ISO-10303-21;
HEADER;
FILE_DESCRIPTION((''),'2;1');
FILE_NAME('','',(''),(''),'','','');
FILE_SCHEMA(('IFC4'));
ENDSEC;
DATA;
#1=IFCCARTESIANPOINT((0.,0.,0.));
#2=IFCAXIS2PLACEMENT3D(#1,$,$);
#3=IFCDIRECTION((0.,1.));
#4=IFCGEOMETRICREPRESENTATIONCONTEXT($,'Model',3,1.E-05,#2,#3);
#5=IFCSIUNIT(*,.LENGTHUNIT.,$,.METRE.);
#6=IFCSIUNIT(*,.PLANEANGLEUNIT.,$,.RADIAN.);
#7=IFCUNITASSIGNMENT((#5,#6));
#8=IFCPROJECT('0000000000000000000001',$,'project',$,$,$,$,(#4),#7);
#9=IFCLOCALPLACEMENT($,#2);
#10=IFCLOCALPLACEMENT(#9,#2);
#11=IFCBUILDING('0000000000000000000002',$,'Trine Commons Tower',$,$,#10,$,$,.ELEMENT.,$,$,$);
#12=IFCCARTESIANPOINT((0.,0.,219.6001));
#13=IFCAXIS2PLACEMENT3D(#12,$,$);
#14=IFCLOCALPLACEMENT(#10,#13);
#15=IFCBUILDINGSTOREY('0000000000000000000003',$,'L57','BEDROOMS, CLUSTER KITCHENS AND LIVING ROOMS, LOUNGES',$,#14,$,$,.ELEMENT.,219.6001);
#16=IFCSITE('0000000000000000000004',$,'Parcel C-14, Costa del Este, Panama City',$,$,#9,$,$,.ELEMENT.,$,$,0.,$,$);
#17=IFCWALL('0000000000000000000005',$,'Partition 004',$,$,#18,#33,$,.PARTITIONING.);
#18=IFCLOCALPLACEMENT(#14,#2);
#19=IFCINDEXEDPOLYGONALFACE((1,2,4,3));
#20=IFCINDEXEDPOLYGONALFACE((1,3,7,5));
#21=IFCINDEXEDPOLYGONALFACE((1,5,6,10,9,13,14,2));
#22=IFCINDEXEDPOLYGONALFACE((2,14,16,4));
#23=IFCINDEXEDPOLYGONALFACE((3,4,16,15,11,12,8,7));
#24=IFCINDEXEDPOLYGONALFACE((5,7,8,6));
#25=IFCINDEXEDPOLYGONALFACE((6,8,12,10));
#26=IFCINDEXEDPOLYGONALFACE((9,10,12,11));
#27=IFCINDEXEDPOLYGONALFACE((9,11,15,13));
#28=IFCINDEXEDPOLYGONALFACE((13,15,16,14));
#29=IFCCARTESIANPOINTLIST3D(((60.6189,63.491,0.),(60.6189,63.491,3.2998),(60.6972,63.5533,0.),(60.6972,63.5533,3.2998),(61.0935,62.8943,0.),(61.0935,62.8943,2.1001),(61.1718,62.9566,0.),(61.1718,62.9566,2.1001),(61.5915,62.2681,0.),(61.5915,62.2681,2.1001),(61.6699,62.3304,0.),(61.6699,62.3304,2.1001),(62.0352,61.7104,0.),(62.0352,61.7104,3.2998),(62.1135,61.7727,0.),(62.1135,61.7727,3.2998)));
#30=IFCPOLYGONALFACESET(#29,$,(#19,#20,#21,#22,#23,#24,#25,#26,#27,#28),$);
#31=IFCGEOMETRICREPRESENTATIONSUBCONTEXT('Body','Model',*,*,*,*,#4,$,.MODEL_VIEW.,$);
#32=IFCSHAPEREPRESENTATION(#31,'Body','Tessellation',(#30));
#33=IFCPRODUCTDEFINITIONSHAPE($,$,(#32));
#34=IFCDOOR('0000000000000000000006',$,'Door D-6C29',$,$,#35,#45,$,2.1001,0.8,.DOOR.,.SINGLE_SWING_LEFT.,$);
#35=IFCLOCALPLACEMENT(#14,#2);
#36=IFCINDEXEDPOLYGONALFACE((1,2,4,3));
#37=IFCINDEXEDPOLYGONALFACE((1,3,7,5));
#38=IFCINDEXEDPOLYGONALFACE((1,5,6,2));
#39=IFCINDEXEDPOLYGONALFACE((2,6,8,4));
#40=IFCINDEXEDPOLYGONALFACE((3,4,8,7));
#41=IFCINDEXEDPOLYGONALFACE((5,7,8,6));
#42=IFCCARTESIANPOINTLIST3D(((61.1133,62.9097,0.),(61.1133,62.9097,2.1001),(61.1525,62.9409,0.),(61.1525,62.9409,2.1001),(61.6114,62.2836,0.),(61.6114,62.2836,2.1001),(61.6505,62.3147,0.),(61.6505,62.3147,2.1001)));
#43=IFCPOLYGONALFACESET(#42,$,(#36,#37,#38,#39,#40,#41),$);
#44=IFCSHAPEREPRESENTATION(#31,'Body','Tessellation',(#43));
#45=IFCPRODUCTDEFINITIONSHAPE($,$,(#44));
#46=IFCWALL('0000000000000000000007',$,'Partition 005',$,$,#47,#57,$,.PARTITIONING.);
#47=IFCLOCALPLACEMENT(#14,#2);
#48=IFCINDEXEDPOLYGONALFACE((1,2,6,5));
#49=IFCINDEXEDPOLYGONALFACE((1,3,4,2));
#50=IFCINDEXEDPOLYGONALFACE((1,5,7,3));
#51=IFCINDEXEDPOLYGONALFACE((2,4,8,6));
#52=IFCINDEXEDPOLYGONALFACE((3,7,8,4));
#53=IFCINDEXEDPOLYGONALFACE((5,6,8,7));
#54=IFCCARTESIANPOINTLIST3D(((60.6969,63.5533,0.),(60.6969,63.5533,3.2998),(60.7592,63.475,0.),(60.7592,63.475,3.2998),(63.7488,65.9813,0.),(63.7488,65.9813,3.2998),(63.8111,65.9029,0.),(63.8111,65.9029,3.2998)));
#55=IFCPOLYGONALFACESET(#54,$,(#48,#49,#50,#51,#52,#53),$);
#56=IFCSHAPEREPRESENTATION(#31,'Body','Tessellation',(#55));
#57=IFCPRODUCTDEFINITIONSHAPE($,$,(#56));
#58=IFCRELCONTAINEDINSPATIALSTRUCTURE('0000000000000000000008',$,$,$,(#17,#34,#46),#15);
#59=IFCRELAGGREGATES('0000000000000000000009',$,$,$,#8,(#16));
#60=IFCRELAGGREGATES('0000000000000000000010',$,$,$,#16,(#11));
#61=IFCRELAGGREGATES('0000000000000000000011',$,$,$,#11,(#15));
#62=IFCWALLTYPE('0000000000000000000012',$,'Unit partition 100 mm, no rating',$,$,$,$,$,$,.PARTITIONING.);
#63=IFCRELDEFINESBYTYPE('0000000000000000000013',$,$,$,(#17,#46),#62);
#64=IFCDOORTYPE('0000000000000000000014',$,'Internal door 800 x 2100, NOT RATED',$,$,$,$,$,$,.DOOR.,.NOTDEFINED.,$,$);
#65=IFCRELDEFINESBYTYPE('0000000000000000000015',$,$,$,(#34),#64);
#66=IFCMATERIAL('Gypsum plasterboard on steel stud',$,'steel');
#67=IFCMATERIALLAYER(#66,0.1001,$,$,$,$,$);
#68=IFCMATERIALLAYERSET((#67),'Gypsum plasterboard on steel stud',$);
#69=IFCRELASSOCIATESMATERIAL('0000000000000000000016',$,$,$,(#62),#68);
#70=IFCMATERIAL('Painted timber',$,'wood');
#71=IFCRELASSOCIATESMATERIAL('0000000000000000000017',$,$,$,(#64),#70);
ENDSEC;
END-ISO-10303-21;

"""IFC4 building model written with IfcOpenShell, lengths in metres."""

from ifc_helpers import new_model, si_unit, direction, frame, frame_2d, origin, place, context, subcontext, project, spatial, rectangle, extrude, material, layer, layer_set, type_object, element, fill, save


model = new_model("IFC4")

# Units and contexts
model_context = context("Model", 3, precision=1e-05, world=origin(), true_north=direction((0.0, 1.0)))
body_context = subcontext(model_context, "Body", "Model", "MODEL_VIEW")
ifc_project = project(units=[si_unit("LENGTHUNIT", "METRE"), si_unit("PLANEANGLEUNIT", "RADIAN")], contexts=[model_context])

# Site, building, storey
site_placement = place(None, origin())
site = spatial("IfcSite", under=ifc_project, at=site_placement, Name="Parcel C-14, Costa del Este, Panama City", CompositionType="ELEMENT", RefElevation=0.0)
building_placement = place(site_placement, origin())
building = spatial("IfcBuilding", under=site, at=building_placement, Name="Trine Commons Tower", CompositionType="ELEMENT")
storey_placement = place(building_placement, frame((0.0, 0.0, 219.6001)))
storey = spatial("IfcBuildingStorey", under=building, at=storey_placement, Name="L57", Description="BEDROOMS, CLUSTER KITCHENS AND LIVING ROOMS, LOUNGES", CompositionType="ELEMENT", Elevation=219.6001)

# Shared definitions
ifc_material_1 = material(Name="Gypsum plasterboard on steel stud", Category="steel")

# Wall, opening, door
ifc_layer_1 = layer(ifc_material_1, 0.1001)
ifc_layer_set_1 = layer_set([ifc_layer_1], Name="Gypsum plasterboard on steel stud")
wall_type_1 = type_object("IfcWallType", Name="Unit partition 100 mm, no rating", PredefinedType="PARTITIONING", material=ifc_layer_set_1)
wall_1_placement = place(storey_placement, frame((60.658, 63.5222, 0.0), z_axis=(0.0, 0.0, 1.0), x_axis=(0.622507, -0.782614, 0.0)))
wall_1 = element("IfcWall", 1, at=wall_1_placement, inside=storey, type_object=wall_type_1, Name="Partition 004", PredefinedType="PARTITIONING", context=body_context, shape_type="SweptSolid", body=[
    extrude(rectangle(XDim=2.2751, YDim=0.1001, at=frame_2d((1.1377, 0.0))), origin(), (0.0, 0.0, 1.0), 3.2998),
])
opening_1_placement = place(wall_1_placement, frame((0.7627, 0.0, 0.0)))
opening_1 = element("IfcOpeningElement", 2, at=opening_1_placement, cuts=wall_1, PredefinedType="OPENING", context=body_context, shape_type="SweptSolid", body=[
    extrude(rectangle(XDim=0.8, YDim=2.1001, at=frame_2d((0.3999, 1.05))), frame((0.0, 0.0601, 0.0), z_axis=(0.0, -1.0, 0.0), x_axis=(1.0, 0.0, 0.0)), (0.0, 0.0, 1.0), 0.1201),
])
ifc_material_2 = material(Name="Painted timber", Category="wood")
door_type_1 = type_object("IfcDoorType", Name="Internal door 800 x 2100, NOT RATED", OperationType="NOTDEFINED", PredefinedType="DOOR", material=ifc_material_2)
door_1_placement = place(opening_1_placement, frame((0.8, 0.0, 0.0), z_axis=(0.0, 0.0, 1.0), x_axis=(-1.0, 0.0, 0.0)))
door_1 = element("IfcDoor", 3, at=door_1_placement, inside=storey, type_object=door_type_1, Name="Door D-6C29", OperationType="SINGLE_SWING_LEFT", OverallHeight=2.1001, OverallWidth=0.8, PredefinedType="DOOR", context=body_context, shape_type="SweptSolid", body=[
    extrude(rectangle(XDim=0.8, YDim=2.1001, at=frame_2d((0.3999, 1.05))), frame((0.0, 0.0249, 0.0), z_axis=(0.0, -1.0, 0.0), x_axis=(1.0, 0.0, 0.0)), (0.0, 0.0, 1.0), 0.05),
])
fill(opening_1, door_1)

# Wall
wall_2_placement = place(storey_placement, frame((60.728, 63.5142, 0.0), z_axis=(0.0, 0.0, 1.0), x_axis=(0.78257, 0.622563, 0.0)))
element("IfcWall", 4, at=wall_2_placement, inside=storey, type_object=wall_type_1, Name="Partition 005", PredefinedType="PARTITIONING", context=body_context, shape_type="SweptSolid", body=[
    extrude(rectangle(XDim=3.8999, YDim=0.1001, at=frame_2d((1.95, 0.0))), origin(), (0.0, 0.0, 1.0), 3.2998),
])

save(model, "model.ifc")
